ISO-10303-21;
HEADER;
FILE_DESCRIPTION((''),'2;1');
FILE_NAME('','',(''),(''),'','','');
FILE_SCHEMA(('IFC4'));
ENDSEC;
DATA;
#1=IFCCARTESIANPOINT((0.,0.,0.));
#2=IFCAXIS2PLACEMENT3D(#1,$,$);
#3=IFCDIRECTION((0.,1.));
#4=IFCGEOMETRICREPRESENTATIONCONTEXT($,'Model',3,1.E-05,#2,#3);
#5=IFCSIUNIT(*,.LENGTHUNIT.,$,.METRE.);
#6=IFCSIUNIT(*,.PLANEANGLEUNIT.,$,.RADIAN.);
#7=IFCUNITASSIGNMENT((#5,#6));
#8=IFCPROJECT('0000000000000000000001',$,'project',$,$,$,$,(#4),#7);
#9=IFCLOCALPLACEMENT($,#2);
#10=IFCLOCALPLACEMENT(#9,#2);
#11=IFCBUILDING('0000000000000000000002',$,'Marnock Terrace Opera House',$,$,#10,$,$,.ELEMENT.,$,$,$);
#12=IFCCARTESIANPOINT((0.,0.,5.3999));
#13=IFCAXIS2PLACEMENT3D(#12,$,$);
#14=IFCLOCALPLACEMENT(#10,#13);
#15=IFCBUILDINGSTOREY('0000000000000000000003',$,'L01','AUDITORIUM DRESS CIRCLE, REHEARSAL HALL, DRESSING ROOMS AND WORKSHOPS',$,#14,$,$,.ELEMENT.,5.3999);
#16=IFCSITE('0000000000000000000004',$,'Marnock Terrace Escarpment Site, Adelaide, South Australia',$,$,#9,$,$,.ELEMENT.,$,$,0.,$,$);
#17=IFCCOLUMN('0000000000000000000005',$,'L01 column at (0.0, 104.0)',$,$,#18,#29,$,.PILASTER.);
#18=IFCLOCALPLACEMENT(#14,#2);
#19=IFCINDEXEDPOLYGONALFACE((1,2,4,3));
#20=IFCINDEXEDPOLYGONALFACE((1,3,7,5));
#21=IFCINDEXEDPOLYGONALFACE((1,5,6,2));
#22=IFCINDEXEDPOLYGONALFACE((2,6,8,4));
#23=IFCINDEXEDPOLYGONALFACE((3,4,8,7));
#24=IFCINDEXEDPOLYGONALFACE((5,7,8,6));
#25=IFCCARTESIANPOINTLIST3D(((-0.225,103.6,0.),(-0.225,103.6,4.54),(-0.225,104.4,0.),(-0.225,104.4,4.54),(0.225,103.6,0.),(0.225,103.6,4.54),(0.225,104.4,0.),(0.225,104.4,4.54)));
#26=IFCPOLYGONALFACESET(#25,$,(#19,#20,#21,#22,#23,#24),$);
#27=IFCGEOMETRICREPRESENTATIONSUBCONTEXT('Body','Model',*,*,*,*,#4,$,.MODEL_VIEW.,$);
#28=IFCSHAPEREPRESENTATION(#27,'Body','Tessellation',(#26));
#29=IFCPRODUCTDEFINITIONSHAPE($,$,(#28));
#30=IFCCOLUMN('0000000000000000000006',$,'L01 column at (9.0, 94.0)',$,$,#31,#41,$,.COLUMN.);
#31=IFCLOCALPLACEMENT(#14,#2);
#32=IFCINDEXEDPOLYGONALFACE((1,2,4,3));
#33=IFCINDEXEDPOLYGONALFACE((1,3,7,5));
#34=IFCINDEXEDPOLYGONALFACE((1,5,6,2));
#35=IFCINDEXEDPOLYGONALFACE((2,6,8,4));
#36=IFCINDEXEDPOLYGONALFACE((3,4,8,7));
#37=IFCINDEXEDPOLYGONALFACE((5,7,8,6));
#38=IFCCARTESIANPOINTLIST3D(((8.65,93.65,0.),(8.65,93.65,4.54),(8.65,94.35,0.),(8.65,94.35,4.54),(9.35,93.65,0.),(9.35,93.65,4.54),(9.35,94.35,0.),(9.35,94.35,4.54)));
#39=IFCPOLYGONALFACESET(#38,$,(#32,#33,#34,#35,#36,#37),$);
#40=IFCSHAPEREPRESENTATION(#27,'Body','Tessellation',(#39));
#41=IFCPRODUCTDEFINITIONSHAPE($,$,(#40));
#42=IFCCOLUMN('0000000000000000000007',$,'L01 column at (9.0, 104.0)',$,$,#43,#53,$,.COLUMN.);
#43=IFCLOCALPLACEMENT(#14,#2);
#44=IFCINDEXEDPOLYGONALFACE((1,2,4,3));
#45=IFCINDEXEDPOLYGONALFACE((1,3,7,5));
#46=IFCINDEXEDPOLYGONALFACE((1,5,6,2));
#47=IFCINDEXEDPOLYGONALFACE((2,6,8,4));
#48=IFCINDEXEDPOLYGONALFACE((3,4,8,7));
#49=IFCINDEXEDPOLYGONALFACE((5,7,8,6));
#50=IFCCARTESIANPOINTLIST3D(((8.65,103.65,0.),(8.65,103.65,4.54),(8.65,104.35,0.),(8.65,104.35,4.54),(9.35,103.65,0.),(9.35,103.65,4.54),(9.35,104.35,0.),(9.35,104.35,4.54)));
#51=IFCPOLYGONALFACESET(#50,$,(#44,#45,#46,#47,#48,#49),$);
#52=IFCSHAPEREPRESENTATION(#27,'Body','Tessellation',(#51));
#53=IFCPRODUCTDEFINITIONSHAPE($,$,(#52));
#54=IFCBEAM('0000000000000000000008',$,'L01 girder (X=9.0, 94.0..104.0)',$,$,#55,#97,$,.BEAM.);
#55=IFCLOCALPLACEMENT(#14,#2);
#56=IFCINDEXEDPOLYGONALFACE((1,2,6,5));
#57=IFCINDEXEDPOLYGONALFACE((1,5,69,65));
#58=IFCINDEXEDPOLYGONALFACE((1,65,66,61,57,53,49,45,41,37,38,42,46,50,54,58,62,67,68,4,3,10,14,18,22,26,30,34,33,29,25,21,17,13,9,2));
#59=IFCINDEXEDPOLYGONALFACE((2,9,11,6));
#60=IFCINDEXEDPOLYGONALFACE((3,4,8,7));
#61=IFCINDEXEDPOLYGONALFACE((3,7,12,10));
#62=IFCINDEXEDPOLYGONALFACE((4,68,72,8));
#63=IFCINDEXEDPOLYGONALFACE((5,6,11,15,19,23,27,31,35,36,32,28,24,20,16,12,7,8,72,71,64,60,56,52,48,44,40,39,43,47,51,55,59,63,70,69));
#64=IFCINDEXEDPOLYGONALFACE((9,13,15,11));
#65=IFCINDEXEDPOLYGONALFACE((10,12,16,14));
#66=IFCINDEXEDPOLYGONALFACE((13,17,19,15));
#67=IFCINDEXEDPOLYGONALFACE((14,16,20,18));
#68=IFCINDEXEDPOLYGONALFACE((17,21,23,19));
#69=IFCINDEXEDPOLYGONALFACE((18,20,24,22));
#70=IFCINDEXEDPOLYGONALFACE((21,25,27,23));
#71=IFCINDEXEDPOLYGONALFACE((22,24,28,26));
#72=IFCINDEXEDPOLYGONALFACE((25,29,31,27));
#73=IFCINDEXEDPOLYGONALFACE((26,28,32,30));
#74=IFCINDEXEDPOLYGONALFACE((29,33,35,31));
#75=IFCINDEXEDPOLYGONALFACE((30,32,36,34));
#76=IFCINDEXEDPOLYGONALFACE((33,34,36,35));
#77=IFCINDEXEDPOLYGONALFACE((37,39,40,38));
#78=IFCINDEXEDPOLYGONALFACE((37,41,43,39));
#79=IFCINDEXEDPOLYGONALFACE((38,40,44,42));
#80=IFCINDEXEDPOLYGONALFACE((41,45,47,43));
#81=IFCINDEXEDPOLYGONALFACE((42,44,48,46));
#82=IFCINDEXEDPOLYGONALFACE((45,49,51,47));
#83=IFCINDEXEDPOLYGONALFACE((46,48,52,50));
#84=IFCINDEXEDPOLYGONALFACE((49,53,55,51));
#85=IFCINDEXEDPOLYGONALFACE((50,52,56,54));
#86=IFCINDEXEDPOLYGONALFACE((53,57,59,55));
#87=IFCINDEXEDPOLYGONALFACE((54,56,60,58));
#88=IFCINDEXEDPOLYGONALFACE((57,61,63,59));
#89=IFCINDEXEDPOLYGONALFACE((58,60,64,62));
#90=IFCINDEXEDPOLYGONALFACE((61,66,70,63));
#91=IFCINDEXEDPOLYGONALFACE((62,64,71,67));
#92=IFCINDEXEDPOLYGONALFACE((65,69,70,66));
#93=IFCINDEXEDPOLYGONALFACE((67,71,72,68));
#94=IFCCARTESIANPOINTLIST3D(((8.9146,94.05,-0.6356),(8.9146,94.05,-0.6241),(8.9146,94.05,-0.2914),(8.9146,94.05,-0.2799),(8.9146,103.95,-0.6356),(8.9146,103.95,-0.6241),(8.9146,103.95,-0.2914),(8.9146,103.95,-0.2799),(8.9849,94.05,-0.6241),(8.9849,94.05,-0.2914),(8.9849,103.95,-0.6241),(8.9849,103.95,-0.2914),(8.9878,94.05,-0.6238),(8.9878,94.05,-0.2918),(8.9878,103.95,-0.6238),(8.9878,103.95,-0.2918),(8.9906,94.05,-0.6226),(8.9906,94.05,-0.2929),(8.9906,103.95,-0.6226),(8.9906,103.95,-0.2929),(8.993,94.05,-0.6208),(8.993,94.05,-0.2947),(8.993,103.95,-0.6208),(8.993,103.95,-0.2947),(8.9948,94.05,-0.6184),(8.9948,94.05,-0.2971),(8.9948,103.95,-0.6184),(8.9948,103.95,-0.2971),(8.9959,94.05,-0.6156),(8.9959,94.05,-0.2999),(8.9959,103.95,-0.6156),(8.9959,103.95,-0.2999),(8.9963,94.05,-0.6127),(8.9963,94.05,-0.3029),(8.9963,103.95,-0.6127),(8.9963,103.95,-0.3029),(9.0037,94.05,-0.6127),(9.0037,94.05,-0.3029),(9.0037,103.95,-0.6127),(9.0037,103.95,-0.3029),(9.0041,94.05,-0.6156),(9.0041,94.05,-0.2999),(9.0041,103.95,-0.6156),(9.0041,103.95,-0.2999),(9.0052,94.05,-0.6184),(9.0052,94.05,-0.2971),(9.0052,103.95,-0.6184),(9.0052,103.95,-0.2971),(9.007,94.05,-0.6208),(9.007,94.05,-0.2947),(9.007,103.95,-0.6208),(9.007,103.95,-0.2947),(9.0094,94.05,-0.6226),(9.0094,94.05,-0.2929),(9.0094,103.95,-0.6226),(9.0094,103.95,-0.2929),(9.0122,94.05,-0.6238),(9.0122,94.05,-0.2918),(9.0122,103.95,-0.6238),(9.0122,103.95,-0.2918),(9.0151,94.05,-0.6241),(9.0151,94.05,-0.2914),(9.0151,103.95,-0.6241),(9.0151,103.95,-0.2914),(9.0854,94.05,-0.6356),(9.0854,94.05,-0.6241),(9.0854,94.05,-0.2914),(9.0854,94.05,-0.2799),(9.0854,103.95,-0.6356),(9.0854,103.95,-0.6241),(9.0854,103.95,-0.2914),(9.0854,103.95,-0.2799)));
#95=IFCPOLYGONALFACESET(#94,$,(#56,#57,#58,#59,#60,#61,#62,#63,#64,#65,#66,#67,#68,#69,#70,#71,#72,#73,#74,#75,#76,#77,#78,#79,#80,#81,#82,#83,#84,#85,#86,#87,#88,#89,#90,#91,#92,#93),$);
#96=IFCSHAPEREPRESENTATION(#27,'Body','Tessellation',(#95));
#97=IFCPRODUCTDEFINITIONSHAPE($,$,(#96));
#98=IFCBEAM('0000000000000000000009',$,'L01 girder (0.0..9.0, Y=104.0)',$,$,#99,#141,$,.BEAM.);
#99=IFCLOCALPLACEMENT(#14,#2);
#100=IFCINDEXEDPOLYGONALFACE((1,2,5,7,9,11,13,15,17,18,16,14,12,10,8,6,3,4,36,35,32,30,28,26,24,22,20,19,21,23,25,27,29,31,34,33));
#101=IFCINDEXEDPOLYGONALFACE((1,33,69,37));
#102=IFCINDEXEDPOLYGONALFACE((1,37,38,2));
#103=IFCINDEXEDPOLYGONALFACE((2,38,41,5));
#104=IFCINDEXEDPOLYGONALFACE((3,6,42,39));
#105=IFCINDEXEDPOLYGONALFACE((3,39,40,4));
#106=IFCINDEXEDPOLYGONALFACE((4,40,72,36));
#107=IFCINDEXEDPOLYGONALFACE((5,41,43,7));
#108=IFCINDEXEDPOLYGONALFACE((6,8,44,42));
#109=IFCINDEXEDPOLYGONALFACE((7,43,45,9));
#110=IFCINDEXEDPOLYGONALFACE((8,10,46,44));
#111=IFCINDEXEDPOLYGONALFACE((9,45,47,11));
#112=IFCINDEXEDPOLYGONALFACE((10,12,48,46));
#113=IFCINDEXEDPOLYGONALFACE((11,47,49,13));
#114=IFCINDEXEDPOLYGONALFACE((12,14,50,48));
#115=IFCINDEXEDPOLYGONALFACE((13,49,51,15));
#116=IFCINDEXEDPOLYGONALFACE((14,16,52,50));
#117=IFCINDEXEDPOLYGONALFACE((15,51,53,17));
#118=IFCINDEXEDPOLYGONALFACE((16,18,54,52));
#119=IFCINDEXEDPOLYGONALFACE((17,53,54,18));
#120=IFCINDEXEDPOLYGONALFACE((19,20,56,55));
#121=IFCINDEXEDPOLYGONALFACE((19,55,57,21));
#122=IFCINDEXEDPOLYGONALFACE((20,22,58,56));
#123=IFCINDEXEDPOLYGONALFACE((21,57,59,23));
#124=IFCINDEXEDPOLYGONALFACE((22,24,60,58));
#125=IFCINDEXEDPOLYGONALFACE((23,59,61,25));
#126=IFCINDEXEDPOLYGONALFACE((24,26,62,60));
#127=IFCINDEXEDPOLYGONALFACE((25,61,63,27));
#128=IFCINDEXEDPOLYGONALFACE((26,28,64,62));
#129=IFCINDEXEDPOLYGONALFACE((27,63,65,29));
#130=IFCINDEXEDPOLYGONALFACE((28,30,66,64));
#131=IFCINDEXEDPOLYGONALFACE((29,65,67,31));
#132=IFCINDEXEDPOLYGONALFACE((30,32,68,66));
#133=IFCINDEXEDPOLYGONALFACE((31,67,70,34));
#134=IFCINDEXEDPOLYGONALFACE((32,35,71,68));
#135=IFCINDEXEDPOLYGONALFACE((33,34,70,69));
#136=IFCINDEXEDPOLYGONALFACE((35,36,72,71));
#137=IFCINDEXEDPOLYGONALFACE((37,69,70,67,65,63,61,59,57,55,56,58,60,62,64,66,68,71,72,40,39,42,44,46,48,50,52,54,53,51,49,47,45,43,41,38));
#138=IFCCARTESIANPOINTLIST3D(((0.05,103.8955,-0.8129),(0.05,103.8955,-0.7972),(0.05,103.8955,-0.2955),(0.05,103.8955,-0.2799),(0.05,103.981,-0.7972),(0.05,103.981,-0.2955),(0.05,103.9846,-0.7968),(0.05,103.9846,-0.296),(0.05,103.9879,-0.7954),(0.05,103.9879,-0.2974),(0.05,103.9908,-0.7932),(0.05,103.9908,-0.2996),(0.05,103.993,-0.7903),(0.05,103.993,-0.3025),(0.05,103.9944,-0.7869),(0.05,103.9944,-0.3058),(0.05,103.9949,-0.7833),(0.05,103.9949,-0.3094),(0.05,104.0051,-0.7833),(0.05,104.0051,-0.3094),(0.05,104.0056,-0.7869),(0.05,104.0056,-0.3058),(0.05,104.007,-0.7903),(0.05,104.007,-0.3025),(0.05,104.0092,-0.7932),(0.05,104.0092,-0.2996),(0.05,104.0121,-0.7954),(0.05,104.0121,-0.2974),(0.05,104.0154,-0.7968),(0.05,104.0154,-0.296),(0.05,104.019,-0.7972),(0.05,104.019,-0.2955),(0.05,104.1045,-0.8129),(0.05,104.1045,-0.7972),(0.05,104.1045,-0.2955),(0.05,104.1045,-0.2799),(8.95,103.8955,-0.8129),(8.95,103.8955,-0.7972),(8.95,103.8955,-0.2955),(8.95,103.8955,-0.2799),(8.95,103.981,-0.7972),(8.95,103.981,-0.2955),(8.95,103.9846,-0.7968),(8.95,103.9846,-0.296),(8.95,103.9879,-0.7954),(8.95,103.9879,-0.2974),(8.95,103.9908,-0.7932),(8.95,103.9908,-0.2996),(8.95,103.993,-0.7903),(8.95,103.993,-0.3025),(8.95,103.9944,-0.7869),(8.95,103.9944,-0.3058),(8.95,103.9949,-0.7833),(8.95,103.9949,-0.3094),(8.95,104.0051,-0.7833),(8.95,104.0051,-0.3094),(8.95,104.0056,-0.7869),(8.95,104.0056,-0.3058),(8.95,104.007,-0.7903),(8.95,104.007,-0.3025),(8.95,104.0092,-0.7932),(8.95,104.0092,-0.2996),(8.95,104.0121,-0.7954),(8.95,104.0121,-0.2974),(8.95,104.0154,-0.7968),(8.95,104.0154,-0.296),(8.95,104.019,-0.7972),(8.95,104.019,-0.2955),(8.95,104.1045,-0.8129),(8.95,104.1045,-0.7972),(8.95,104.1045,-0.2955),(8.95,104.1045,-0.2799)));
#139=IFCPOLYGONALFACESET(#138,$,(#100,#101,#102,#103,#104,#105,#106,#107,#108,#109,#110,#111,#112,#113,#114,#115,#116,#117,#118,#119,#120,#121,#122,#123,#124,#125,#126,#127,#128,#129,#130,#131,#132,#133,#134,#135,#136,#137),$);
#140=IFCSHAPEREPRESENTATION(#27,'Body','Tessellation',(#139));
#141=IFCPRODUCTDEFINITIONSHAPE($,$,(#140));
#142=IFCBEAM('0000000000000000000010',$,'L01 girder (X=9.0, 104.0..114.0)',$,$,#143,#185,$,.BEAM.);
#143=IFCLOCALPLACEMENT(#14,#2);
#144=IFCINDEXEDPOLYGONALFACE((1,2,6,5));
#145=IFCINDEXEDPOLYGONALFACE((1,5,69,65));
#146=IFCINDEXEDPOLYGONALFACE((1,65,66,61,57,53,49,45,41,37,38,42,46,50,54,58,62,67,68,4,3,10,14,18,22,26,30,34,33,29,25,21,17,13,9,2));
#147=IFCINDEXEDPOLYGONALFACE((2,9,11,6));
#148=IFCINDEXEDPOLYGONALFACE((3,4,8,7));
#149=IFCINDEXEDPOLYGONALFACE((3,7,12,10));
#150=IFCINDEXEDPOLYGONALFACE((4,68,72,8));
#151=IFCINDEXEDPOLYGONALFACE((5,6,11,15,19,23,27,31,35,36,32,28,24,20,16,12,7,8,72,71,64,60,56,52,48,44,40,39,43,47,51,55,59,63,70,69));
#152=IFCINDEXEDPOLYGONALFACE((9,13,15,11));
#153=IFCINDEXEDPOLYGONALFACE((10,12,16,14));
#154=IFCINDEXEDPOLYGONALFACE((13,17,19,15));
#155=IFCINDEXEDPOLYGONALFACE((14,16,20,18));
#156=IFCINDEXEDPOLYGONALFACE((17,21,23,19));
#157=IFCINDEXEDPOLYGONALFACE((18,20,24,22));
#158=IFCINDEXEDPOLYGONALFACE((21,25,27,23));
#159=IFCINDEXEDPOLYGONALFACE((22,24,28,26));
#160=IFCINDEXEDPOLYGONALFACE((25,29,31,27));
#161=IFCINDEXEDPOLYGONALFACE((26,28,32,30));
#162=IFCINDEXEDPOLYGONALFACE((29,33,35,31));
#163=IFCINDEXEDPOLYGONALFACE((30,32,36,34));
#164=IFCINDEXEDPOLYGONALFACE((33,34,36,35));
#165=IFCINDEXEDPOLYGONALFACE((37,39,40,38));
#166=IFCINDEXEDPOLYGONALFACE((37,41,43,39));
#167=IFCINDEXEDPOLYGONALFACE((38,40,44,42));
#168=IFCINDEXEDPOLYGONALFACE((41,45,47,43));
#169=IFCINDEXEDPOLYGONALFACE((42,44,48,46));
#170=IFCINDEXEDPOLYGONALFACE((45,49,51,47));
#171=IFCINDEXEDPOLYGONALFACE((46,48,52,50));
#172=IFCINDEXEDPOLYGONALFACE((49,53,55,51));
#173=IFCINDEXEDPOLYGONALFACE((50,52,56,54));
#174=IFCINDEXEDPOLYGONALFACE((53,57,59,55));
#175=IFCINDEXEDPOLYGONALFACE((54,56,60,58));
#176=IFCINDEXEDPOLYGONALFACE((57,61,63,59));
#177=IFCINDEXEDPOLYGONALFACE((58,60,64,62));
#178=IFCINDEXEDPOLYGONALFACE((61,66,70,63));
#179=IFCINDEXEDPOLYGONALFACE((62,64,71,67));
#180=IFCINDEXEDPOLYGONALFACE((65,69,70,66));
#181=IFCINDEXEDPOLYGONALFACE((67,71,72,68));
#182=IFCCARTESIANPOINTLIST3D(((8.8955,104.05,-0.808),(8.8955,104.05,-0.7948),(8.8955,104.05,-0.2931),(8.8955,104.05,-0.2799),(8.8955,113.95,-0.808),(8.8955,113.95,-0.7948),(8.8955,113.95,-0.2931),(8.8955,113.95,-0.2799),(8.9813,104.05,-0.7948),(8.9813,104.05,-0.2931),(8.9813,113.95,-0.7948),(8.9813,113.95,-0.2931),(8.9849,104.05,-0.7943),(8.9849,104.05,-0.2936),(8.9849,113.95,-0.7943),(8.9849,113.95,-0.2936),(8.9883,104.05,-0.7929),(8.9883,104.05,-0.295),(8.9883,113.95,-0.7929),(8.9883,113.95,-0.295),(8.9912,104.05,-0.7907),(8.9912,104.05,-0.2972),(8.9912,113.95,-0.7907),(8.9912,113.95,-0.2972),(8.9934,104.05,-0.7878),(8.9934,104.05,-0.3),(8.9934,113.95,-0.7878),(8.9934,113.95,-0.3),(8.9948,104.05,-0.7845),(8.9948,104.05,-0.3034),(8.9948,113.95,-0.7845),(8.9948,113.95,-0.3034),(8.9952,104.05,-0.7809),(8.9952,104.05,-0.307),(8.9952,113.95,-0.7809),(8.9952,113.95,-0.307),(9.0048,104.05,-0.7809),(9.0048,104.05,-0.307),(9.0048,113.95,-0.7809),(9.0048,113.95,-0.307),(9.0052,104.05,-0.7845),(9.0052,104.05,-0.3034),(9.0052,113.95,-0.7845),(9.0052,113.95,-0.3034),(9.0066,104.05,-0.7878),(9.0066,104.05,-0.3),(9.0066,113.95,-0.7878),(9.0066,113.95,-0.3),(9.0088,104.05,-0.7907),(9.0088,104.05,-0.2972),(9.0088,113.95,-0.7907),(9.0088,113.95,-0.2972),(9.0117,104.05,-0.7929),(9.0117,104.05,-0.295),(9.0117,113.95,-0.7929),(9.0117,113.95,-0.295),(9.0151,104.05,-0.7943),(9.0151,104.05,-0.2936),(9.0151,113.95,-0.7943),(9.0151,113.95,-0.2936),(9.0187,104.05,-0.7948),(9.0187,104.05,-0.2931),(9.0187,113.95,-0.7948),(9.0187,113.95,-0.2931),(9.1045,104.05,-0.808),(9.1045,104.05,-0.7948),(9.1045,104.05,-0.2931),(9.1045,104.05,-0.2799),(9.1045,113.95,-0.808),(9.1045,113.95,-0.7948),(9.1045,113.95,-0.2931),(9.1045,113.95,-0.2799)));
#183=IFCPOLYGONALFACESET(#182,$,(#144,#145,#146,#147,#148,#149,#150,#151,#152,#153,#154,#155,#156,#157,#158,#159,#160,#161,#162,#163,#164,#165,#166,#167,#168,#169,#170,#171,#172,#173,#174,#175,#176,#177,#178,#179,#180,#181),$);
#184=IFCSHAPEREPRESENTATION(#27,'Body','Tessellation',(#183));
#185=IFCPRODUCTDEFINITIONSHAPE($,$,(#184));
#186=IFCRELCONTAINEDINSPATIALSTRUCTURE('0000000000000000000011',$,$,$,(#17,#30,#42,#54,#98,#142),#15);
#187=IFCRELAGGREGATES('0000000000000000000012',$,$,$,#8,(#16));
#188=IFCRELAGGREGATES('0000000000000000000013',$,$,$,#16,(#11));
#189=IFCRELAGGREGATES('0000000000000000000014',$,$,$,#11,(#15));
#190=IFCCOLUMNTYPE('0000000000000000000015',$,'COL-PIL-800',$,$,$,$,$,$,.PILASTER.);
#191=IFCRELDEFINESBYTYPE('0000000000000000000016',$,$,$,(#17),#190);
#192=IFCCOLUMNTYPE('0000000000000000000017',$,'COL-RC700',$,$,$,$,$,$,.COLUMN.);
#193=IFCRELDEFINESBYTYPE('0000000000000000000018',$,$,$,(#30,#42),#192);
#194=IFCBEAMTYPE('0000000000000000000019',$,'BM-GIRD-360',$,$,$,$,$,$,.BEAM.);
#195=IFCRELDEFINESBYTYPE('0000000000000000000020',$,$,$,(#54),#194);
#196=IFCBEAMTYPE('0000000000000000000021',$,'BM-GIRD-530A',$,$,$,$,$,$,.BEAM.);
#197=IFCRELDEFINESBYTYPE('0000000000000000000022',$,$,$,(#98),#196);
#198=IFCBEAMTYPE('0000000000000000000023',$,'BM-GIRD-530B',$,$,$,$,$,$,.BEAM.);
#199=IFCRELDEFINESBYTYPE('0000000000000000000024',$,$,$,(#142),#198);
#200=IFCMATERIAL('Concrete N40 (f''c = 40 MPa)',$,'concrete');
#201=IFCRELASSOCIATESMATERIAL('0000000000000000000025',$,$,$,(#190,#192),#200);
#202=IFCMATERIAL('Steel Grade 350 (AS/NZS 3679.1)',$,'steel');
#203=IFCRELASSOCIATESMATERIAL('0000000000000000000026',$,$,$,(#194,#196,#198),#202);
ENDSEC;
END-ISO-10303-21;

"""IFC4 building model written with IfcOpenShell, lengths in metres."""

from ifc_helpers import new_model, si_unit, direction, frame, origin, origin_2d, place, context, subcontext, project, spatial, rectangle, i_section, extrude, material, material_profile, profile_set, type_object, element, save


model = new_model("IFC4")

# Units and contexts
model_context = context("Model", 3, precision=1e-05, world=origin(), true_north=direction((0.0, 1.0)))
body_context = subcontext(model_context, "Body", "Model", "MODEL_VIEW")
ifc_project = project(units=[si_unit("LENGTHUNIT", "METRE"), si_unit("PLANEANGLEUNIT", "RADIAN")], contexts=[model_context])

# Site, building, storey
site_placement = place(None, origin())
site = spatial("IfcSite", under=ifc_project, at=site_placement, Name="Marnock Terrace Escarpment Site, Adelaide, South Australia", CompositionType="ELEMENT", RefElevation=0.0)
building_placement = place(site_placement, origin())
building = spatial("IfcBuilding", under=site, at=building_placement, Name="Marnock Terrace Opera House", CompositionType="ELEMENT")
storey_placement = place(building_placement, frame((0.0, 0.0, 5.3999)))
storey = spatial("IfcBuildingStorey", under=building, at=storey_placement, Name="L01", Description="AUDITORIUM DRESS CIRCLE, REHEARSAL HALL, DRESSING ROOMS AND WORKSHOPS", CompositionType="ELEMENT", Elevation=5.3999)

# Columns
ifc_material_1 = material(Name="Concrete N40 (f'c = 40 MPa)", Category="concrete")
ifc_material_profile_1 = material_profile(ifc_material_1, rectangle(XDim=0.45, YDim=0.8, at=origin_2d()))
ifc_profile_set_1 = profile_set([ifc_material_profile_1], Name="Concrete N40 (f'c = 40 MPa)")
column_type_1 = type_object("IfcColumnType", Name="COL-PIL-800", PredefinedType="PILASTER", material=ifc_profile_set_1)
column_placement = place(storey_placement, frame((0.0, 104.0, 0.0), z_axis=(0.0, 0.0, 1.0), x_axis=(1.0, 0.0, 0.0)))
element("IfcColumn", 1, at=column_placement, inside=storey, type_object=column_type_1, Name="L01 column at (0.0, 104.0)", PredefinedType="PILASTER", context=body_context, shape_type="SweptSolid", body=[
    extrude(rectangle(XDim=0.45, YDim=0.8, at=origin_2d()), origin(), (0.0, 0.0, 1.0), 4.54),
])
ifc_material_profile_2 = material_profile(ifc_material_1, rectangle(XDim=0.7, YDim=0.7, at=origin_2d()))
ifc_profile_set_2 = profile_set([ifc_material_profile_2], Name="Concrete N40 (f'c = 40 MPa)")
column_type_2 = type_object("IfcColumnType", Name="COL-RC700", PredefinedType="COLUMN", material=ifc_profile_set_2)
for number, where, z_axis, x_axis, name in (
    (2, (9.0, 94.0, 0.0), (0.0, 0.0, 1.0), (1.0, 0.0, 0.0), "L01 column at (9.0, 94.0)"),
    (3, (9.0, 104.0, 0.0), (0.0, 0.0, 1.0), (1.0, 0.0, 0.0), "L01 column at (9.0, 104.0)"),
):
    element("IfcColumn", number, at=place(storey_placement, frame(where, z_axis=z_axis, x_axis=x_axis)), inside=storey, type_object=column_type_2, Name=name, PredefinedType="COLUMN", context=body_context, shape_type="SweptSolid", body=[
        extrude(rectangle(XDim=0.7, YDim=0.7, at=origin_2d()), origin(), (0.0, 0.0, 1.0), 4.54),
    ])

# Beams
ifc_material_2 = material(Name="Steel Grade 350 (AS/NZS 3679.1)", Category="steel")
ifc_material_profile_3 = material_profile(ifc_material_2, i_section(OverallWidth=0.1709, OverallDepth=0.3557, WebThickness=0.0073, FlangeThickness=0.0115, FilletRadius=0.0115, at=origin_2d()))
ifc_profile_set_3 = profile_set([ifc_material_profile_3], Name="Steel Grade 350 (AS/NZS 3679.1)")
beam_type_1 = type_object("IfcBeamType", Name="BM-GIRD-360", PredefinedType="BEAM", material=ifc_profile_set_3)
beam_1_placement = place(storey_placement, frame((9.0, 94.05, -0.4578), z_axis=(0.0, 1.0, 0.0), x_axis=(-1.0, 0.0, 0.0)))
element("IfcBeam", 4, at=beam_1_placement, inside=storey, type_object=beam_type_1, Name="L01 girder (X=9.0, 94.0..104.0)", PredefinedType="BEAM", context=body_context, shape_type="SweptSolid", body=[
    extrude(i_section(OverallWidth=0.1709, OverallDepth=0.3557, WebThickness=0.0073, FlangeThickness=0.0115, FilletRadius=0.0115, at=origin_2d()), origin(), (0.0, 0.0, 1.0), 9.8999),
])
ifc_material_profile_4 = material_profile(ifc_material_2, i_section(OverallWidth=0.209, OverallDepth=0.533, WebThickness=0.0103, FlangeThickness=0.0156, FilletRadius=0.0139, at=origin_2d()))
ifc_profile_set_4 = profile_set([ifc_material_profile_4], Name="Steel Grade 350 (AS/NZS 3679.1)")
beam_type_2 = type_object("IfcBeamType", Name="BM-GIRD-530A", PredefinedType="BEAM", material=ifc_profile_set_4)
beam_2_placement = place(storey_placement, frame((0.05, 104.0, -0.5464), z_axis=(1.0, 0.0, 0.0), x_axis=(0.0, 1.0, 0.0)))
element("IfcBeam", 5, at=beam_2_placement, inside=storey, type_object=beam_type_2, Name="L01 girder (0.0..9.0, Y=104.0)", PredefinedType="BEAM", context=body_context, shape_type="SweptSolid", body=[
    extrude(i_section(OverallWidth=0.209, OverallDepth=0.533, WebThickness=0.0103, FlangeThickness=0.0156, FilletRadius=0.0139, at=origin_2d()), origin(), (0.0, 0.0, 1.0), 8.8999),
])
ifc_material_profile_5 = material_profile(ifc_material_2, i_section(OverallWidth=0.209, OverallDepth=0.5281, WebThickness=0.0095, FlangeThickness=0.0132, FilletRadius=0.0139, at=origin_2d()))
ifc_profile_set_5 = profile_set([ifc_material_profile_5], Name="Steel Grade 350 (AS/NZS 3679.1)")
beam_type_3 = type_object("IfcBeamType", Name="BM-GIRD-530B", PredefinedType="BEAM", material=ifc_profile_set_5)
beam_3_placement = place(storey_placement, frame((9.0, 104.05, -0.5439), z_axis=(0.0, 1.0, 0.0), x_axis=(-1.0, 0.0, 0.0)))
element("IfcBeam", 6, at=beam_3_placement, inside=storey, type_object=beam_type_3, Name="L01 girder (X=9.0, 104.0..114.0)", PredefinedType="BEAM", context=body_context, shape_type="SweptSolid", body=[
    extrude(i_section(OverallWidth=0.209, OverallDepth=0.5281, WebThickness=0.0095, FlangeThickness=0.0132, FilletRadius=0.0139, at=origin_2d()), origin(), (0.0, 0.0, 1.0), 9.8999),
])

save(model, "model.ifc")
